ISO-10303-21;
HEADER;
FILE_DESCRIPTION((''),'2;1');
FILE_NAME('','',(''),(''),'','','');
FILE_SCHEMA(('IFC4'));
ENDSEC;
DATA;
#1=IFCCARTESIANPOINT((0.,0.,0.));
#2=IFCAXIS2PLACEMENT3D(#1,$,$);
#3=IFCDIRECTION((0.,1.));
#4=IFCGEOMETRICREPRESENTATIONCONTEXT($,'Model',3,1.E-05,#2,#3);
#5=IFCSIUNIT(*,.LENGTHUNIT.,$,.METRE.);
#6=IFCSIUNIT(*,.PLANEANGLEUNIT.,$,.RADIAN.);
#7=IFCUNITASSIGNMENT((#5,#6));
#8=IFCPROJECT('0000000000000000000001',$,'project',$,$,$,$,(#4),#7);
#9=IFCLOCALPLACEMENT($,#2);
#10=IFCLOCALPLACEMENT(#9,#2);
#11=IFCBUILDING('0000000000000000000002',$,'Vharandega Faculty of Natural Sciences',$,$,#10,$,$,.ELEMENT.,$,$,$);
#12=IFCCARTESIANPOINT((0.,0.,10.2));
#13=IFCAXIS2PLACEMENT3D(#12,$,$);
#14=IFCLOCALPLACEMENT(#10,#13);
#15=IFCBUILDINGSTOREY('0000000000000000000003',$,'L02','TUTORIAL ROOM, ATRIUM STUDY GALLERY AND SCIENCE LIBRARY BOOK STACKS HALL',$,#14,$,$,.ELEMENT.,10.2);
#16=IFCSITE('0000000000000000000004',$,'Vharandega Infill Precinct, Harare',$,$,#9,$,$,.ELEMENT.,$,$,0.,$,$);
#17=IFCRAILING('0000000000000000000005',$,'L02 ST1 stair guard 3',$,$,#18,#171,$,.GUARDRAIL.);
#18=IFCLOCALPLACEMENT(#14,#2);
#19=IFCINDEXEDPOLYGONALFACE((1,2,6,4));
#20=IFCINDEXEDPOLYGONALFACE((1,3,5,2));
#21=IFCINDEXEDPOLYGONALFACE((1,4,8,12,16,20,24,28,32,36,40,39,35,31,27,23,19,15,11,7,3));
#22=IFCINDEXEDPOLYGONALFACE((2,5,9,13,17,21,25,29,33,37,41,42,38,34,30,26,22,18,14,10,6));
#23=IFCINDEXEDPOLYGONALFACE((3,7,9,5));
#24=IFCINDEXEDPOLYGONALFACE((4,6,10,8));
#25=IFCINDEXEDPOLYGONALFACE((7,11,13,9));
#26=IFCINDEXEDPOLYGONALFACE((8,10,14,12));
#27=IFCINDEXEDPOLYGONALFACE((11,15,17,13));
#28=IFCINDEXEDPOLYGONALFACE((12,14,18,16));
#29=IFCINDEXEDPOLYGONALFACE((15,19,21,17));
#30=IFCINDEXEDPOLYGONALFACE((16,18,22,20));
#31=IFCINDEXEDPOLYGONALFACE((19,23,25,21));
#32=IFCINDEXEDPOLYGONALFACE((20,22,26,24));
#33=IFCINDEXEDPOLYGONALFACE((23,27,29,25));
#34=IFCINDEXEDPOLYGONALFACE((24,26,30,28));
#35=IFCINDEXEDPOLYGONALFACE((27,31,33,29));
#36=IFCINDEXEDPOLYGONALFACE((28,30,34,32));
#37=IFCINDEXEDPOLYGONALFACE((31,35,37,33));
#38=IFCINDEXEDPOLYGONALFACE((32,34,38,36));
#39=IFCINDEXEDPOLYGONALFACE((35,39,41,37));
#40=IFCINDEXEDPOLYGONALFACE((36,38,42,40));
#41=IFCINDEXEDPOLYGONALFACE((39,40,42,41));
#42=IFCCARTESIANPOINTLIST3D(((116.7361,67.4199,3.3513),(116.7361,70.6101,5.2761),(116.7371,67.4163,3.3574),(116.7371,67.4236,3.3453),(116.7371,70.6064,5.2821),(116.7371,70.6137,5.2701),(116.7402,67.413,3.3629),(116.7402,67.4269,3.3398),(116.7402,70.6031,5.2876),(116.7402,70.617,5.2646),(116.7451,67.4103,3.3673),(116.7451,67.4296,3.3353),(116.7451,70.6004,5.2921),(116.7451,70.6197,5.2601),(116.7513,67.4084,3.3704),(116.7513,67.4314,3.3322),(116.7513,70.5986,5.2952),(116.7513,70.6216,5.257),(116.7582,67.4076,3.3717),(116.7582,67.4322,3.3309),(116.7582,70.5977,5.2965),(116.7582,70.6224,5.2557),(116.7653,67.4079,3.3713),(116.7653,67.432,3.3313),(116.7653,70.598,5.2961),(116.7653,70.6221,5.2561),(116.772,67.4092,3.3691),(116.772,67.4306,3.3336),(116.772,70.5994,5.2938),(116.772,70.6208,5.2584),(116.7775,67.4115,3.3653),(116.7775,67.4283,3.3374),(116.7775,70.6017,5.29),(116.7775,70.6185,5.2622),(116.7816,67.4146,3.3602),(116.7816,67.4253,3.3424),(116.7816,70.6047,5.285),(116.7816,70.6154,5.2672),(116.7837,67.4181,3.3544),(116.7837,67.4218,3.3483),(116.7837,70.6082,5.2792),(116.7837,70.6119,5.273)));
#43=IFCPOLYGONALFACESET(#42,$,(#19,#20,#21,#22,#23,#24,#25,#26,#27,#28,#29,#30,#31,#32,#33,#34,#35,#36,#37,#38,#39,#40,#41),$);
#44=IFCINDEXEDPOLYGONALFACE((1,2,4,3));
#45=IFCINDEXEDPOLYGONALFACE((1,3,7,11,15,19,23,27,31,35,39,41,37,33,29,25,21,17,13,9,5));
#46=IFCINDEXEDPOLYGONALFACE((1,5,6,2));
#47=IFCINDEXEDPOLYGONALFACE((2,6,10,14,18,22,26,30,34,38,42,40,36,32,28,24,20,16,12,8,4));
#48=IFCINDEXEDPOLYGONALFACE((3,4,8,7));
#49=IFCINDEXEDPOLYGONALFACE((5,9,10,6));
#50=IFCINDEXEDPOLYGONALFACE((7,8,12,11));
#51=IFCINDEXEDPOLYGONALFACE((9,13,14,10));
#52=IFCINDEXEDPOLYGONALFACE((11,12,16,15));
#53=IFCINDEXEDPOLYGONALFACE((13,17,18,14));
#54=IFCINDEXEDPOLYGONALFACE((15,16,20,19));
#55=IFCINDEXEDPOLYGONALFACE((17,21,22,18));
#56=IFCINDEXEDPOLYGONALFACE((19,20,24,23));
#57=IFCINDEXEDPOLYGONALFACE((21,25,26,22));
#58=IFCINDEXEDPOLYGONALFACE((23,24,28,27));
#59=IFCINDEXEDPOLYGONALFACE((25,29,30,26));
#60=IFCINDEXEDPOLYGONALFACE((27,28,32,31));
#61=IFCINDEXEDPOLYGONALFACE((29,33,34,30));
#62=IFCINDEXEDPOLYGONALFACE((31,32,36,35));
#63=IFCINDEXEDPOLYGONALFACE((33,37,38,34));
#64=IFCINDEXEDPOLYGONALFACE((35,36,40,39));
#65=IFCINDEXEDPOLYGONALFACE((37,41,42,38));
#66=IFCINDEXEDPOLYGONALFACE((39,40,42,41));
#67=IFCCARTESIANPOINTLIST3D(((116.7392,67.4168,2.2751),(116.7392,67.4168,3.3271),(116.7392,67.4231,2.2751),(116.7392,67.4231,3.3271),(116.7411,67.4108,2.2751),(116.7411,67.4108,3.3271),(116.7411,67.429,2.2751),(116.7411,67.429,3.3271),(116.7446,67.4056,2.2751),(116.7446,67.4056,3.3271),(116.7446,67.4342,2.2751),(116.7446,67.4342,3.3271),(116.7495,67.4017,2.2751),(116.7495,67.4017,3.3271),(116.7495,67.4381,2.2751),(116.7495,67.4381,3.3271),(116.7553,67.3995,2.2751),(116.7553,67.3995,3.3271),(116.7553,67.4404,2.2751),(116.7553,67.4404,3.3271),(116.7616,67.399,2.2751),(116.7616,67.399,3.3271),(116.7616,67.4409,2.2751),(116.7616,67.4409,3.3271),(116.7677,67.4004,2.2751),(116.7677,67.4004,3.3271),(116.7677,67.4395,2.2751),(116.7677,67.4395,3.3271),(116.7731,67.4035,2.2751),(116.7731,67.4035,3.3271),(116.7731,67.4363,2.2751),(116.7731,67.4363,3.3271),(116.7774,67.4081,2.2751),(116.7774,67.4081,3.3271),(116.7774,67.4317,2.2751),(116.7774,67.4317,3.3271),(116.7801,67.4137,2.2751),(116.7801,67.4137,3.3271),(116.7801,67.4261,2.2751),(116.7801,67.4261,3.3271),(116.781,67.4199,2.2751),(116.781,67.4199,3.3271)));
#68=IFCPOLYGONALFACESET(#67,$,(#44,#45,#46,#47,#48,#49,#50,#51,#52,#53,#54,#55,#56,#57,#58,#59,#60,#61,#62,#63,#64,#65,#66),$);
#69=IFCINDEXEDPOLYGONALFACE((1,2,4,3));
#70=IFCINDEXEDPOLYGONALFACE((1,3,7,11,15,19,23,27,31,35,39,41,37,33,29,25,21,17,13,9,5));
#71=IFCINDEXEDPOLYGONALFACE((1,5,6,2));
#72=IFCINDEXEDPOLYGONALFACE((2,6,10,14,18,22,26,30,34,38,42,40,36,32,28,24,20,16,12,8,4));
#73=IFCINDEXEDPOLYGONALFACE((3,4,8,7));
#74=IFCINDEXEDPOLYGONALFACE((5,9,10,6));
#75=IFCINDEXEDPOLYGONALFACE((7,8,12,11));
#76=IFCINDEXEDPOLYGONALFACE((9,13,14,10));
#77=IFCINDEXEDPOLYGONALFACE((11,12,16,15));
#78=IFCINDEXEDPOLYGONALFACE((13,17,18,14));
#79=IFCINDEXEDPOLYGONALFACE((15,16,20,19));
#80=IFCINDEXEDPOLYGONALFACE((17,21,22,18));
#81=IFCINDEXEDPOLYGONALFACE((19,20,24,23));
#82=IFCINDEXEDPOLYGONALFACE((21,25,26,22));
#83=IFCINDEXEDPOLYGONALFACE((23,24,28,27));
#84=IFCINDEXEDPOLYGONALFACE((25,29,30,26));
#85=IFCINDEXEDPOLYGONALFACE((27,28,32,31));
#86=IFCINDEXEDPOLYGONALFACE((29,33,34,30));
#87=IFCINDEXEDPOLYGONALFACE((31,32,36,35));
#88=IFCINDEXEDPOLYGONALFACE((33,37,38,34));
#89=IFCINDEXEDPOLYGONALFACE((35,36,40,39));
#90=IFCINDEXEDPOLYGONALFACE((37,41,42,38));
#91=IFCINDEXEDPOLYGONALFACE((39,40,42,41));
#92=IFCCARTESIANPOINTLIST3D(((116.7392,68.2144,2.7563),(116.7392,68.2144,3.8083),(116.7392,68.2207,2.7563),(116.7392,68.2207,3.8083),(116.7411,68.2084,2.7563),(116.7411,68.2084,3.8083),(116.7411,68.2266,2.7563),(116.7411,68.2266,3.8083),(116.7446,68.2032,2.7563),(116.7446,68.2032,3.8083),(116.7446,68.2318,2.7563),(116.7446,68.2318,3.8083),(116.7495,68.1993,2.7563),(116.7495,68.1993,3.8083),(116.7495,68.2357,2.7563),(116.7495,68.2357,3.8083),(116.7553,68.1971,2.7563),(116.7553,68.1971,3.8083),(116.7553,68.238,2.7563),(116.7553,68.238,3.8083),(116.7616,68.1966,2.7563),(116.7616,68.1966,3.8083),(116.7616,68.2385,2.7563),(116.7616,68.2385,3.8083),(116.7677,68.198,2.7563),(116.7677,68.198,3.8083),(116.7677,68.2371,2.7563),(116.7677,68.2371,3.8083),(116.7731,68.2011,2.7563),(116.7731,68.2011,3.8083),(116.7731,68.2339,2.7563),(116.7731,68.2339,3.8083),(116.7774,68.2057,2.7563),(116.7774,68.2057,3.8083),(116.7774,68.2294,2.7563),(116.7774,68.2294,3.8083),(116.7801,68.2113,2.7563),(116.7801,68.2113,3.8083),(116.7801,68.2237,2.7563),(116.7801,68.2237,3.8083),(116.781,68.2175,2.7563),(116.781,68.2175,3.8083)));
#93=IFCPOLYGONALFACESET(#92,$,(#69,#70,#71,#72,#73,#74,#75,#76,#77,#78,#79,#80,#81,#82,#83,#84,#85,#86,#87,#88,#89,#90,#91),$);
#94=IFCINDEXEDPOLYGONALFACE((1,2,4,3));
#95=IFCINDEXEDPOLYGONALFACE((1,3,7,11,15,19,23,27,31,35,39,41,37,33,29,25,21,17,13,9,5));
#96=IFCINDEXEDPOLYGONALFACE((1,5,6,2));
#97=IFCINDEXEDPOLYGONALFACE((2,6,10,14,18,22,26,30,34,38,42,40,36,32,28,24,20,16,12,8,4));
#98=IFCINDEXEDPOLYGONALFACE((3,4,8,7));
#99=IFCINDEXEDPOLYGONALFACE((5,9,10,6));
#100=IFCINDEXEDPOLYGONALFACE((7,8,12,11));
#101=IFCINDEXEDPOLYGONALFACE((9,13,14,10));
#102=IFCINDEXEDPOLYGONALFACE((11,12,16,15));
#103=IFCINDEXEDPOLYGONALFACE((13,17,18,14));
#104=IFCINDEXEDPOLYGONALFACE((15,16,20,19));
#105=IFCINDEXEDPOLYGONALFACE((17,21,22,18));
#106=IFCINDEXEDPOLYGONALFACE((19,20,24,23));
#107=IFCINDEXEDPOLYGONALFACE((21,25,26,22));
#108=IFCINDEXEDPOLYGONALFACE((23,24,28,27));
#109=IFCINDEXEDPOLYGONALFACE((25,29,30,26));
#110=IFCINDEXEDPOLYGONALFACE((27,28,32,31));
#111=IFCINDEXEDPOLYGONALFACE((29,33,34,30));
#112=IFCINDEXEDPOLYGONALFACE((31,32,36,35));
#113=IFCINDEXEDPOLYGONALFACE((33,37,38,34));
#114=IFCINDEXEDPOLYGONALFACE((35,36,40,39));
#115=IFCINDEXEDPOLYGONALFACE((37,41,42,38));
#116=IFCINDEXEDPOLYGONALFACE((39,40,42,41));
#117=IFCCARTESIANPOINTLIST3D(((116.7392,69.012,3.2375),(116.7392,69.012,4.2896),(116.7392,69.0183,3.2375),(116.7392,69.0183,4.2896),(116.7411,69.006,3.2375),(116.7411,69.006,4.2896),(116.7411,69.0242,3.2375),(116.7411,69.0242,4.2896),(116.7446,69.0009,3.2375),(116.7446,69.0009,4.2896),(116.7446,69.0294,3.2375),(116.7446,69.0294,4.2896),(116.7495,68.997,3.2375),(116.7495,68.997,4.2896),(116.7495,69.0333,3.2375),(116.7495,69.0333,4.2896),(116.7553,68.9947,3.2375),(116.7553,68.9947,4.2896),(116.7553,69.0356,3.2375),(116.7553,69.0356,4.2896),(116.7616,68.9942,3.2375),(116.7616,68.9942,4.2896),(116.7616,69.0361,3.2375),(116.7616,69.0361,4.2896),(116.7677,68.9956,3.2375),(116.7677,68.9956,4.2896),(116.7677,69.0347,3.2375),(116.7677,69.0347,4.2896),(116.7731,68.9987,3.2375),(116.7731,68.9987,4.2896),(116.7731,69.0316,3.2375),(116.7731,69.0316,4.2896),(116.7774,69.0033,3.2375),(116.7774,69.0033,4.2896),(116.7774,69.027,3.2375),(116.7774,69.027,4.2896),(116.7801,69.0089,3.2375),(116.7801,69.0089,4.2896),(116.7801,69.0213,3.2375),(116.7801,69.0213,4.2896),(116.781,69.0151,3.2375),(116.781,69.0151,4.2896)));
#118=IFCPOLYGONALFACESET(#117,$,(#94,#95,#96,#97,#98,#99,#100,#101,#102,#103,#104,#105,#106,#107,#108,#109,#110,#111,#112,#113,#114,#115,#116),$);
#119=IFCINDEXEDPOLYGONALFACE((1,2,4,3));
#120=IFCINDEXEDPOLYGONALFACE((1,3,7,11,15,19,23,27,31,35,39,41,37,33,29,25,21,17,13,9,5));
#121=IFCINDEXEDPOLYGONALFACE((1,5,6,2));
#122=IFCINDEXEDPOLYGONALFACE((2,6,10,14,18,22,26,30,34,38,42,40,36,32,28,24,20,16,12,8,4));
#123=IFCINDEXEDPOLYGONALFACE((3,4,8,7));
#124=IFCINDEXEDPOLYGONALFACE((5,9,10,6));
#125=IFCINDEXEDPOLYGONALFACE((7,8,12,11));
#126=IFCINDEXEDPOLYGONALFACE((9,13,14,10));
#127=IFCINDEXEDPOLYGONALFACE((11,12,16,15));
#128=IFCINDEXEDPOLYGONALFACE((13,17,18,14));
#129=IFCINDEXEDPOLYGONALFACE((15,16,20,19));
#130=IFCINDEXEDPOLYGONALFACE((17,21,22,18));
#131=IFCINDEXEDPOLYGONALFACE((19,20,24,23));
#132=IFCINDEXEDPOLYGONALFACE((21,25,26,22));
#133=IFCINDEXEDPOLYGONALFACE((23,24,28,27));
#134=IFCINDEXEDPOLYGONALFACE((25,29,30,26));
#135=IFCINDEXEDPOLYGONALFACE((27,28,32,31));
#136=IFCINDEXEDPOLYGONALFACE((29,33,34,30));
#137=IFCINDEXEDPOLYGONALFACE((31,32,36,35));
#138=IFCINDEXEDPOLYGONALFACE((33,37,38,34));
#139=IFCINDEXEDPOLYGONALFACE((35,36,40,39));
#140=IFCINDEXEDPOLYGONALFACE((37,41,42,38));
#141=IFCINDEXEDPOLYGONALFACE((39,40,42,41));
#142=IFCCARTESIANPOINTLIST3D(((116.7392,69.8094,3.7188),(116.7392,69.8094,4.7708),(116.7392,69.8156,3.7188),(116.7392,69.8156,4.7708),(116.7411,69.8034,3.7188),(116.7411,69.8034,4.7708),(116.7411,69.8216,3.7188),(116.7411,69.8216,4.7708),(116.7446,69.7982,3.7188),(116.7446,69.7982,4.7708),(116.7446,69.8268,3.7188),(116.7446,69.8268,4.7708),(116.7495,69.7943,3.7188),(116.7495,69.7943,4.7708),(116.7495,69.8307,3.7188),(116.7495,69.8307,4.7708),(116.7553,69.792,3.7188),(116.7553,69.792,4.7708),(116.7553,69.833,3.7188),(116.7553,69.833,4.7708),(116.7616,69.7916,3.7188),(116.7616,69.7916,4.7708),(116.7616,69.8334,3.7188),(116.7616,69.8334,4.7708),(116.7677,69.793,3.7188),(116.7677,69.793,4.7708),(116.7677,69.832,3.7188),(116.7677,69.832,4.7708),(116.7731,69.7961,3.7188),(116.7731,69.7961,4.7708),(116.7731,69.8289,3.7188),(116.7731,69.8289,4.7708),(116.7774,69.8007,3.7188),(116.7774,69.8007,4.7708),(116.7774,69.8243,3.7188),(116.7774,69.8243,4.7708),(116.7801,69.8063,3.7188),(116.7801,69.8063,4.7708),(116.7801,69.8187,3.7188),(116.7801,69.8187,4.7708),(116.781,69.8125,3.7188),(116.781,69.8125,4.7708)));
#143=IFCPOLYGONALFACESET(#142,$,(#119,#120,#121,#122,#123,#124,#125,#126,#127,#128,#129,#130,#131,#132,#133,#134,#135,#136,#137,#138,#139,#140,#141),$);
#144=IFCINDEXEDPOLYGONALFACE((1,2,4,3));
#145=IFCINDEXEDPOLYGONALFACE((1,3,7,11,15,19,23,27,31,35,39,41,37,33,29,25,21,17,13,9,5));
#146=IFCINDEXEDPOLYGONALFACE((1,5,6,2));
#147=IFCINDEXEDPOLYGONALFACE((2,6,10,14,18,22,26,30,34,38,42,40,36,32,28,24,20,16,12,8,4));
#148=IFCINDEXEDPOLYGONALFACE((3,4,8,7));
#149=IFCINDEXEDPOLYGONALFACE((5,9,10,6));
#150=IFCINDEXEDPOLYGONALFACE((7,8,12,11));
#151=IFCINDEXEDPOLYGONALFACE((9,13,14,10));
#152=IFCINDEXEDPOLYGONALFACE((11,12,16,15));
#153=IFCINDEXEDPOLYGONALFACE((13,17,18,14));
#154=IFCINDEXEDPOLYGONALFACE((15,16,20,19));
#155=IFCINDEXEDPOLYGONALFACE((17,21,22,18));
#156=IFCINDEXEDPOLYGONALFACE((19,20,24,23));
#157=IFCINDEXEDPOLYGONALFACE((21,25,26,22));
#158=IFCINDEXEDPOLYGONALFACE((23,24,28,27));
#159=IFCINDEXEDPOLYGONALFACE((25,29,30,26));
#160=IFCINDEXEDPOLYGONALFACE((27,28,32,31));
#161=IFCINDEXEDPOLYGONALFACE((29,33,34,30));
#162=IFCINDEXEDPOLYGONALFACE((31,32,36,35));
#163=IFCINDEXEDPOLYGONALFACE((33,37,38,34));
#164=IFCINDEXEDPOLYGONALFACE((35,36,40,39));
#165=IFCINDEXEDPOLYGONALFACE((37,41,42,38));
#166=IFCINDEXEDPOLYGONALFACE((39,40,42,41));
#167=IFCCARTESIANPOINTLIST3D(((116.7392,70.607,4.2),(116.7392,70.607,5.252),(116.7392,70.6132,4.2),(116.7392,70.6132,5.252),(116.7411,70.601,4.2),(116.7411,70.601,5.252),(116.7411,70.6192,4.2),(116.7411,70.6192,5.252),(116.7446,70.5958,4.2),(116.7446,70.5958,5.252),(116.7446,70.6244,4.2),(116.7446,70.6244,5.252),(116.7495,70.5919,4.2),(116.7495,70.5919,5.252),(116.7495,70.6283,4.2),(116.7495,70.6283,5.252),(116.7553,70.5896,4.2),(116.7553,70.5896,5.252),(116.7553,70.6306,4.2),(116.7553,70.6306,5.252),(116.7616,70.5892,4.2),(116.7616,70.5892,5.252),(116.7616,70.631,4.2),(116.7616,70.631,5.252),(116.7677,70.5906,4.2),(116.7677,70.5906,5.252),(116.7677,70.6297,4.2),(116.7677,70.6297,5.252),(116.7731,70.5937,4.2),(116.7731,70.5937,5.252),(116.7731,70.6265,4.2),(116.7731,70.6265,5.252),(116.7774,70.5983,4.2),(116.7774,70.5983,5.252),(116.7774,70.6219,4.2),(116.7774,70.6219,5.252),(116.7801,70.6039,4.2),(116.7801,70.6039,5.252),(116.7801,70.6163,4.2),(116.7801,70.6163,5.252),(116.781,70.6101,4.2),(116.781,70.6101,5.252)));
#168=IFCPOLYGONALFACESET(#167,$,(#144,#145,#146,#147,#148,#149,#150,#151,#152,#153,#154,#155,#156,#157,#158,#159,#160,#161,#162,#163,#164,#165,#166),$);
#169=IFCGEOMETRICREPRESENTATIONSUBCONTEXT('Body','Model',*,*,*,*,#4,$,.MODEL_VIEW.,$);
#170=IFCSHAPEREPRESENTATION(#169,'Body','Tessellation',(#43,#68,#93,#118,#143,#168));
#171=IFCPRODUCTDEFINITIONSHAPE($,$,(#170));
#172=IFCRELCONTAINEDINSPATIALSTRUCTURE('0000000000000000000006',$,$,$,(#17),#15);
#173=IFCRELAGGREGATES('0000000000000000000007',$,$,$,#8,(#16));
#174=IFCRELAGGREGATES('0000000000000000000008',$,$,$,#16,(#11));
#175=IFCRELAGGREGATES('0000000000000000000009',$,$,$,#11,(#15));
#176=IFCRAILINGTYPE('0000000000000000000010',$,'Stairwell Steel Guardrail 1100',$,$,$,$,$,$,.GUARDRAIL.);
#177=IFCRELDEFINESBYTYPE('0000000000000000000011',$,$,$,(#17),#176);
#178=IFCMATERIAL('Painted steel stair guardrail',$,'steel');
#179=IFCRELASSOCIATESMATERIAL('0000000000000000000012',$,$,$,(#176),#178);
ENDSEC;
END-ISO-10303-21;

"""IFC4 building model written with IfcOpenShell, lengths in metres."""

from ifc_helpers import new_model, si_unit, direction, frame, origin, origin_2d, place, context, subcontext, project, spatial, circle, extrude, material, type_object, element, save


model = new_model("IFC4")

# Units and contexts
model_context = context("Model", 3, precision=1e-05, world=origin(), true_north=direction((0.0, 1.0)))
body_context = subcontext(model_context, "Body", "Model", "MODEL_VIEW")
ifc_project = project(units=[si_unit("LENGTHUNIT", "METRE"), si_unit("PLANEANGLEUNIT", "RADIAN")], contexts=[model_context])

# Site, building, storey
site_placement = place(None, origin())
site = spatial("IfcSite", under=ifc_project, at=site_placement, Name="Vharandega Infill Precinct, Harare", CompositionType="ELEMENT", RefElevation=0.0)
building_placement = place(site_placement, origin())
building = spatial("IfcBuilding", under=site, at=building_placement, Name="Vharandega Faculty of Natural Sciences", CompositionType="ELEMENT")
storey_placement = place(building_placement, frame((0.0, 0.0, 10.2)))
storey = spatial("IfcBuildingStorey", under=building, at=storey_placement, Name="L02", Description="TUTORIAL ROOM, ATRIUM STUDY GALLERY AND SCIENCE LIBRARY BOOK STACKS HALL", CompositionType="ELEMENT", Elevation=10.2)

# Railing
ifc_material_1 = material(Name="Painted steel stair guardrail", Category="steel")
railing_type_1 = type_object("IfcRailingType", Name="Stairwell Steel Guardrail 1100", PredefinedType="GUARDRAIL", material=ifc_material_1)
railing_1_placement = place(storey_placement, frame((116.76, 67.4199, 2.2751)))
element("IfcRailing", 1, at=railing_1_placement, inside=storey, type_object=railing_type_1, Name="L02 ST1 stair guard 3", PredefinedType="GUARDRAIL", context=body_context, shape_type="SweptSolid", body=[
    extrude(circle(Radius=0.0239, at=origin_2d()), frame((0.0, 0.0, 1.0762), z_axis=(0.0, 0.856224, 0.516605), x_axis=(-1.0, 0.0, 0.0)), (0.0, 0.0, 1.0), 3.7258),
    extrude(circle(Radius=0.021, at=origin_2d()), origin(), (0.0, 0.0, 1.0), 1.052),
    extrude(circle(Radius=0.021, at=origin_2d()), frame((0.0, 0.7976, 0.4812)), (0.0, 0.0, 1.0), 1.052),
    extrude(circle(Radius=0.021, at=origin_2d()), frame((0.0, 1.5952, 0.9624)), (0.0, 0.0, 1.0), 1.052),
    extrude(circle(Radius=0.021, at=origin_2d()), frame((0.0, 2.3926, 1.4436)), (0.0, 0.0, 1.0), 1.052),
    extrude(circle(Radius=0.021, at=origin_2d()), frame((0.0, 3.1902, 1.9248)), (0.0, 0.0, 1.0), 1.052),
])

save(model, "model.ifc")
